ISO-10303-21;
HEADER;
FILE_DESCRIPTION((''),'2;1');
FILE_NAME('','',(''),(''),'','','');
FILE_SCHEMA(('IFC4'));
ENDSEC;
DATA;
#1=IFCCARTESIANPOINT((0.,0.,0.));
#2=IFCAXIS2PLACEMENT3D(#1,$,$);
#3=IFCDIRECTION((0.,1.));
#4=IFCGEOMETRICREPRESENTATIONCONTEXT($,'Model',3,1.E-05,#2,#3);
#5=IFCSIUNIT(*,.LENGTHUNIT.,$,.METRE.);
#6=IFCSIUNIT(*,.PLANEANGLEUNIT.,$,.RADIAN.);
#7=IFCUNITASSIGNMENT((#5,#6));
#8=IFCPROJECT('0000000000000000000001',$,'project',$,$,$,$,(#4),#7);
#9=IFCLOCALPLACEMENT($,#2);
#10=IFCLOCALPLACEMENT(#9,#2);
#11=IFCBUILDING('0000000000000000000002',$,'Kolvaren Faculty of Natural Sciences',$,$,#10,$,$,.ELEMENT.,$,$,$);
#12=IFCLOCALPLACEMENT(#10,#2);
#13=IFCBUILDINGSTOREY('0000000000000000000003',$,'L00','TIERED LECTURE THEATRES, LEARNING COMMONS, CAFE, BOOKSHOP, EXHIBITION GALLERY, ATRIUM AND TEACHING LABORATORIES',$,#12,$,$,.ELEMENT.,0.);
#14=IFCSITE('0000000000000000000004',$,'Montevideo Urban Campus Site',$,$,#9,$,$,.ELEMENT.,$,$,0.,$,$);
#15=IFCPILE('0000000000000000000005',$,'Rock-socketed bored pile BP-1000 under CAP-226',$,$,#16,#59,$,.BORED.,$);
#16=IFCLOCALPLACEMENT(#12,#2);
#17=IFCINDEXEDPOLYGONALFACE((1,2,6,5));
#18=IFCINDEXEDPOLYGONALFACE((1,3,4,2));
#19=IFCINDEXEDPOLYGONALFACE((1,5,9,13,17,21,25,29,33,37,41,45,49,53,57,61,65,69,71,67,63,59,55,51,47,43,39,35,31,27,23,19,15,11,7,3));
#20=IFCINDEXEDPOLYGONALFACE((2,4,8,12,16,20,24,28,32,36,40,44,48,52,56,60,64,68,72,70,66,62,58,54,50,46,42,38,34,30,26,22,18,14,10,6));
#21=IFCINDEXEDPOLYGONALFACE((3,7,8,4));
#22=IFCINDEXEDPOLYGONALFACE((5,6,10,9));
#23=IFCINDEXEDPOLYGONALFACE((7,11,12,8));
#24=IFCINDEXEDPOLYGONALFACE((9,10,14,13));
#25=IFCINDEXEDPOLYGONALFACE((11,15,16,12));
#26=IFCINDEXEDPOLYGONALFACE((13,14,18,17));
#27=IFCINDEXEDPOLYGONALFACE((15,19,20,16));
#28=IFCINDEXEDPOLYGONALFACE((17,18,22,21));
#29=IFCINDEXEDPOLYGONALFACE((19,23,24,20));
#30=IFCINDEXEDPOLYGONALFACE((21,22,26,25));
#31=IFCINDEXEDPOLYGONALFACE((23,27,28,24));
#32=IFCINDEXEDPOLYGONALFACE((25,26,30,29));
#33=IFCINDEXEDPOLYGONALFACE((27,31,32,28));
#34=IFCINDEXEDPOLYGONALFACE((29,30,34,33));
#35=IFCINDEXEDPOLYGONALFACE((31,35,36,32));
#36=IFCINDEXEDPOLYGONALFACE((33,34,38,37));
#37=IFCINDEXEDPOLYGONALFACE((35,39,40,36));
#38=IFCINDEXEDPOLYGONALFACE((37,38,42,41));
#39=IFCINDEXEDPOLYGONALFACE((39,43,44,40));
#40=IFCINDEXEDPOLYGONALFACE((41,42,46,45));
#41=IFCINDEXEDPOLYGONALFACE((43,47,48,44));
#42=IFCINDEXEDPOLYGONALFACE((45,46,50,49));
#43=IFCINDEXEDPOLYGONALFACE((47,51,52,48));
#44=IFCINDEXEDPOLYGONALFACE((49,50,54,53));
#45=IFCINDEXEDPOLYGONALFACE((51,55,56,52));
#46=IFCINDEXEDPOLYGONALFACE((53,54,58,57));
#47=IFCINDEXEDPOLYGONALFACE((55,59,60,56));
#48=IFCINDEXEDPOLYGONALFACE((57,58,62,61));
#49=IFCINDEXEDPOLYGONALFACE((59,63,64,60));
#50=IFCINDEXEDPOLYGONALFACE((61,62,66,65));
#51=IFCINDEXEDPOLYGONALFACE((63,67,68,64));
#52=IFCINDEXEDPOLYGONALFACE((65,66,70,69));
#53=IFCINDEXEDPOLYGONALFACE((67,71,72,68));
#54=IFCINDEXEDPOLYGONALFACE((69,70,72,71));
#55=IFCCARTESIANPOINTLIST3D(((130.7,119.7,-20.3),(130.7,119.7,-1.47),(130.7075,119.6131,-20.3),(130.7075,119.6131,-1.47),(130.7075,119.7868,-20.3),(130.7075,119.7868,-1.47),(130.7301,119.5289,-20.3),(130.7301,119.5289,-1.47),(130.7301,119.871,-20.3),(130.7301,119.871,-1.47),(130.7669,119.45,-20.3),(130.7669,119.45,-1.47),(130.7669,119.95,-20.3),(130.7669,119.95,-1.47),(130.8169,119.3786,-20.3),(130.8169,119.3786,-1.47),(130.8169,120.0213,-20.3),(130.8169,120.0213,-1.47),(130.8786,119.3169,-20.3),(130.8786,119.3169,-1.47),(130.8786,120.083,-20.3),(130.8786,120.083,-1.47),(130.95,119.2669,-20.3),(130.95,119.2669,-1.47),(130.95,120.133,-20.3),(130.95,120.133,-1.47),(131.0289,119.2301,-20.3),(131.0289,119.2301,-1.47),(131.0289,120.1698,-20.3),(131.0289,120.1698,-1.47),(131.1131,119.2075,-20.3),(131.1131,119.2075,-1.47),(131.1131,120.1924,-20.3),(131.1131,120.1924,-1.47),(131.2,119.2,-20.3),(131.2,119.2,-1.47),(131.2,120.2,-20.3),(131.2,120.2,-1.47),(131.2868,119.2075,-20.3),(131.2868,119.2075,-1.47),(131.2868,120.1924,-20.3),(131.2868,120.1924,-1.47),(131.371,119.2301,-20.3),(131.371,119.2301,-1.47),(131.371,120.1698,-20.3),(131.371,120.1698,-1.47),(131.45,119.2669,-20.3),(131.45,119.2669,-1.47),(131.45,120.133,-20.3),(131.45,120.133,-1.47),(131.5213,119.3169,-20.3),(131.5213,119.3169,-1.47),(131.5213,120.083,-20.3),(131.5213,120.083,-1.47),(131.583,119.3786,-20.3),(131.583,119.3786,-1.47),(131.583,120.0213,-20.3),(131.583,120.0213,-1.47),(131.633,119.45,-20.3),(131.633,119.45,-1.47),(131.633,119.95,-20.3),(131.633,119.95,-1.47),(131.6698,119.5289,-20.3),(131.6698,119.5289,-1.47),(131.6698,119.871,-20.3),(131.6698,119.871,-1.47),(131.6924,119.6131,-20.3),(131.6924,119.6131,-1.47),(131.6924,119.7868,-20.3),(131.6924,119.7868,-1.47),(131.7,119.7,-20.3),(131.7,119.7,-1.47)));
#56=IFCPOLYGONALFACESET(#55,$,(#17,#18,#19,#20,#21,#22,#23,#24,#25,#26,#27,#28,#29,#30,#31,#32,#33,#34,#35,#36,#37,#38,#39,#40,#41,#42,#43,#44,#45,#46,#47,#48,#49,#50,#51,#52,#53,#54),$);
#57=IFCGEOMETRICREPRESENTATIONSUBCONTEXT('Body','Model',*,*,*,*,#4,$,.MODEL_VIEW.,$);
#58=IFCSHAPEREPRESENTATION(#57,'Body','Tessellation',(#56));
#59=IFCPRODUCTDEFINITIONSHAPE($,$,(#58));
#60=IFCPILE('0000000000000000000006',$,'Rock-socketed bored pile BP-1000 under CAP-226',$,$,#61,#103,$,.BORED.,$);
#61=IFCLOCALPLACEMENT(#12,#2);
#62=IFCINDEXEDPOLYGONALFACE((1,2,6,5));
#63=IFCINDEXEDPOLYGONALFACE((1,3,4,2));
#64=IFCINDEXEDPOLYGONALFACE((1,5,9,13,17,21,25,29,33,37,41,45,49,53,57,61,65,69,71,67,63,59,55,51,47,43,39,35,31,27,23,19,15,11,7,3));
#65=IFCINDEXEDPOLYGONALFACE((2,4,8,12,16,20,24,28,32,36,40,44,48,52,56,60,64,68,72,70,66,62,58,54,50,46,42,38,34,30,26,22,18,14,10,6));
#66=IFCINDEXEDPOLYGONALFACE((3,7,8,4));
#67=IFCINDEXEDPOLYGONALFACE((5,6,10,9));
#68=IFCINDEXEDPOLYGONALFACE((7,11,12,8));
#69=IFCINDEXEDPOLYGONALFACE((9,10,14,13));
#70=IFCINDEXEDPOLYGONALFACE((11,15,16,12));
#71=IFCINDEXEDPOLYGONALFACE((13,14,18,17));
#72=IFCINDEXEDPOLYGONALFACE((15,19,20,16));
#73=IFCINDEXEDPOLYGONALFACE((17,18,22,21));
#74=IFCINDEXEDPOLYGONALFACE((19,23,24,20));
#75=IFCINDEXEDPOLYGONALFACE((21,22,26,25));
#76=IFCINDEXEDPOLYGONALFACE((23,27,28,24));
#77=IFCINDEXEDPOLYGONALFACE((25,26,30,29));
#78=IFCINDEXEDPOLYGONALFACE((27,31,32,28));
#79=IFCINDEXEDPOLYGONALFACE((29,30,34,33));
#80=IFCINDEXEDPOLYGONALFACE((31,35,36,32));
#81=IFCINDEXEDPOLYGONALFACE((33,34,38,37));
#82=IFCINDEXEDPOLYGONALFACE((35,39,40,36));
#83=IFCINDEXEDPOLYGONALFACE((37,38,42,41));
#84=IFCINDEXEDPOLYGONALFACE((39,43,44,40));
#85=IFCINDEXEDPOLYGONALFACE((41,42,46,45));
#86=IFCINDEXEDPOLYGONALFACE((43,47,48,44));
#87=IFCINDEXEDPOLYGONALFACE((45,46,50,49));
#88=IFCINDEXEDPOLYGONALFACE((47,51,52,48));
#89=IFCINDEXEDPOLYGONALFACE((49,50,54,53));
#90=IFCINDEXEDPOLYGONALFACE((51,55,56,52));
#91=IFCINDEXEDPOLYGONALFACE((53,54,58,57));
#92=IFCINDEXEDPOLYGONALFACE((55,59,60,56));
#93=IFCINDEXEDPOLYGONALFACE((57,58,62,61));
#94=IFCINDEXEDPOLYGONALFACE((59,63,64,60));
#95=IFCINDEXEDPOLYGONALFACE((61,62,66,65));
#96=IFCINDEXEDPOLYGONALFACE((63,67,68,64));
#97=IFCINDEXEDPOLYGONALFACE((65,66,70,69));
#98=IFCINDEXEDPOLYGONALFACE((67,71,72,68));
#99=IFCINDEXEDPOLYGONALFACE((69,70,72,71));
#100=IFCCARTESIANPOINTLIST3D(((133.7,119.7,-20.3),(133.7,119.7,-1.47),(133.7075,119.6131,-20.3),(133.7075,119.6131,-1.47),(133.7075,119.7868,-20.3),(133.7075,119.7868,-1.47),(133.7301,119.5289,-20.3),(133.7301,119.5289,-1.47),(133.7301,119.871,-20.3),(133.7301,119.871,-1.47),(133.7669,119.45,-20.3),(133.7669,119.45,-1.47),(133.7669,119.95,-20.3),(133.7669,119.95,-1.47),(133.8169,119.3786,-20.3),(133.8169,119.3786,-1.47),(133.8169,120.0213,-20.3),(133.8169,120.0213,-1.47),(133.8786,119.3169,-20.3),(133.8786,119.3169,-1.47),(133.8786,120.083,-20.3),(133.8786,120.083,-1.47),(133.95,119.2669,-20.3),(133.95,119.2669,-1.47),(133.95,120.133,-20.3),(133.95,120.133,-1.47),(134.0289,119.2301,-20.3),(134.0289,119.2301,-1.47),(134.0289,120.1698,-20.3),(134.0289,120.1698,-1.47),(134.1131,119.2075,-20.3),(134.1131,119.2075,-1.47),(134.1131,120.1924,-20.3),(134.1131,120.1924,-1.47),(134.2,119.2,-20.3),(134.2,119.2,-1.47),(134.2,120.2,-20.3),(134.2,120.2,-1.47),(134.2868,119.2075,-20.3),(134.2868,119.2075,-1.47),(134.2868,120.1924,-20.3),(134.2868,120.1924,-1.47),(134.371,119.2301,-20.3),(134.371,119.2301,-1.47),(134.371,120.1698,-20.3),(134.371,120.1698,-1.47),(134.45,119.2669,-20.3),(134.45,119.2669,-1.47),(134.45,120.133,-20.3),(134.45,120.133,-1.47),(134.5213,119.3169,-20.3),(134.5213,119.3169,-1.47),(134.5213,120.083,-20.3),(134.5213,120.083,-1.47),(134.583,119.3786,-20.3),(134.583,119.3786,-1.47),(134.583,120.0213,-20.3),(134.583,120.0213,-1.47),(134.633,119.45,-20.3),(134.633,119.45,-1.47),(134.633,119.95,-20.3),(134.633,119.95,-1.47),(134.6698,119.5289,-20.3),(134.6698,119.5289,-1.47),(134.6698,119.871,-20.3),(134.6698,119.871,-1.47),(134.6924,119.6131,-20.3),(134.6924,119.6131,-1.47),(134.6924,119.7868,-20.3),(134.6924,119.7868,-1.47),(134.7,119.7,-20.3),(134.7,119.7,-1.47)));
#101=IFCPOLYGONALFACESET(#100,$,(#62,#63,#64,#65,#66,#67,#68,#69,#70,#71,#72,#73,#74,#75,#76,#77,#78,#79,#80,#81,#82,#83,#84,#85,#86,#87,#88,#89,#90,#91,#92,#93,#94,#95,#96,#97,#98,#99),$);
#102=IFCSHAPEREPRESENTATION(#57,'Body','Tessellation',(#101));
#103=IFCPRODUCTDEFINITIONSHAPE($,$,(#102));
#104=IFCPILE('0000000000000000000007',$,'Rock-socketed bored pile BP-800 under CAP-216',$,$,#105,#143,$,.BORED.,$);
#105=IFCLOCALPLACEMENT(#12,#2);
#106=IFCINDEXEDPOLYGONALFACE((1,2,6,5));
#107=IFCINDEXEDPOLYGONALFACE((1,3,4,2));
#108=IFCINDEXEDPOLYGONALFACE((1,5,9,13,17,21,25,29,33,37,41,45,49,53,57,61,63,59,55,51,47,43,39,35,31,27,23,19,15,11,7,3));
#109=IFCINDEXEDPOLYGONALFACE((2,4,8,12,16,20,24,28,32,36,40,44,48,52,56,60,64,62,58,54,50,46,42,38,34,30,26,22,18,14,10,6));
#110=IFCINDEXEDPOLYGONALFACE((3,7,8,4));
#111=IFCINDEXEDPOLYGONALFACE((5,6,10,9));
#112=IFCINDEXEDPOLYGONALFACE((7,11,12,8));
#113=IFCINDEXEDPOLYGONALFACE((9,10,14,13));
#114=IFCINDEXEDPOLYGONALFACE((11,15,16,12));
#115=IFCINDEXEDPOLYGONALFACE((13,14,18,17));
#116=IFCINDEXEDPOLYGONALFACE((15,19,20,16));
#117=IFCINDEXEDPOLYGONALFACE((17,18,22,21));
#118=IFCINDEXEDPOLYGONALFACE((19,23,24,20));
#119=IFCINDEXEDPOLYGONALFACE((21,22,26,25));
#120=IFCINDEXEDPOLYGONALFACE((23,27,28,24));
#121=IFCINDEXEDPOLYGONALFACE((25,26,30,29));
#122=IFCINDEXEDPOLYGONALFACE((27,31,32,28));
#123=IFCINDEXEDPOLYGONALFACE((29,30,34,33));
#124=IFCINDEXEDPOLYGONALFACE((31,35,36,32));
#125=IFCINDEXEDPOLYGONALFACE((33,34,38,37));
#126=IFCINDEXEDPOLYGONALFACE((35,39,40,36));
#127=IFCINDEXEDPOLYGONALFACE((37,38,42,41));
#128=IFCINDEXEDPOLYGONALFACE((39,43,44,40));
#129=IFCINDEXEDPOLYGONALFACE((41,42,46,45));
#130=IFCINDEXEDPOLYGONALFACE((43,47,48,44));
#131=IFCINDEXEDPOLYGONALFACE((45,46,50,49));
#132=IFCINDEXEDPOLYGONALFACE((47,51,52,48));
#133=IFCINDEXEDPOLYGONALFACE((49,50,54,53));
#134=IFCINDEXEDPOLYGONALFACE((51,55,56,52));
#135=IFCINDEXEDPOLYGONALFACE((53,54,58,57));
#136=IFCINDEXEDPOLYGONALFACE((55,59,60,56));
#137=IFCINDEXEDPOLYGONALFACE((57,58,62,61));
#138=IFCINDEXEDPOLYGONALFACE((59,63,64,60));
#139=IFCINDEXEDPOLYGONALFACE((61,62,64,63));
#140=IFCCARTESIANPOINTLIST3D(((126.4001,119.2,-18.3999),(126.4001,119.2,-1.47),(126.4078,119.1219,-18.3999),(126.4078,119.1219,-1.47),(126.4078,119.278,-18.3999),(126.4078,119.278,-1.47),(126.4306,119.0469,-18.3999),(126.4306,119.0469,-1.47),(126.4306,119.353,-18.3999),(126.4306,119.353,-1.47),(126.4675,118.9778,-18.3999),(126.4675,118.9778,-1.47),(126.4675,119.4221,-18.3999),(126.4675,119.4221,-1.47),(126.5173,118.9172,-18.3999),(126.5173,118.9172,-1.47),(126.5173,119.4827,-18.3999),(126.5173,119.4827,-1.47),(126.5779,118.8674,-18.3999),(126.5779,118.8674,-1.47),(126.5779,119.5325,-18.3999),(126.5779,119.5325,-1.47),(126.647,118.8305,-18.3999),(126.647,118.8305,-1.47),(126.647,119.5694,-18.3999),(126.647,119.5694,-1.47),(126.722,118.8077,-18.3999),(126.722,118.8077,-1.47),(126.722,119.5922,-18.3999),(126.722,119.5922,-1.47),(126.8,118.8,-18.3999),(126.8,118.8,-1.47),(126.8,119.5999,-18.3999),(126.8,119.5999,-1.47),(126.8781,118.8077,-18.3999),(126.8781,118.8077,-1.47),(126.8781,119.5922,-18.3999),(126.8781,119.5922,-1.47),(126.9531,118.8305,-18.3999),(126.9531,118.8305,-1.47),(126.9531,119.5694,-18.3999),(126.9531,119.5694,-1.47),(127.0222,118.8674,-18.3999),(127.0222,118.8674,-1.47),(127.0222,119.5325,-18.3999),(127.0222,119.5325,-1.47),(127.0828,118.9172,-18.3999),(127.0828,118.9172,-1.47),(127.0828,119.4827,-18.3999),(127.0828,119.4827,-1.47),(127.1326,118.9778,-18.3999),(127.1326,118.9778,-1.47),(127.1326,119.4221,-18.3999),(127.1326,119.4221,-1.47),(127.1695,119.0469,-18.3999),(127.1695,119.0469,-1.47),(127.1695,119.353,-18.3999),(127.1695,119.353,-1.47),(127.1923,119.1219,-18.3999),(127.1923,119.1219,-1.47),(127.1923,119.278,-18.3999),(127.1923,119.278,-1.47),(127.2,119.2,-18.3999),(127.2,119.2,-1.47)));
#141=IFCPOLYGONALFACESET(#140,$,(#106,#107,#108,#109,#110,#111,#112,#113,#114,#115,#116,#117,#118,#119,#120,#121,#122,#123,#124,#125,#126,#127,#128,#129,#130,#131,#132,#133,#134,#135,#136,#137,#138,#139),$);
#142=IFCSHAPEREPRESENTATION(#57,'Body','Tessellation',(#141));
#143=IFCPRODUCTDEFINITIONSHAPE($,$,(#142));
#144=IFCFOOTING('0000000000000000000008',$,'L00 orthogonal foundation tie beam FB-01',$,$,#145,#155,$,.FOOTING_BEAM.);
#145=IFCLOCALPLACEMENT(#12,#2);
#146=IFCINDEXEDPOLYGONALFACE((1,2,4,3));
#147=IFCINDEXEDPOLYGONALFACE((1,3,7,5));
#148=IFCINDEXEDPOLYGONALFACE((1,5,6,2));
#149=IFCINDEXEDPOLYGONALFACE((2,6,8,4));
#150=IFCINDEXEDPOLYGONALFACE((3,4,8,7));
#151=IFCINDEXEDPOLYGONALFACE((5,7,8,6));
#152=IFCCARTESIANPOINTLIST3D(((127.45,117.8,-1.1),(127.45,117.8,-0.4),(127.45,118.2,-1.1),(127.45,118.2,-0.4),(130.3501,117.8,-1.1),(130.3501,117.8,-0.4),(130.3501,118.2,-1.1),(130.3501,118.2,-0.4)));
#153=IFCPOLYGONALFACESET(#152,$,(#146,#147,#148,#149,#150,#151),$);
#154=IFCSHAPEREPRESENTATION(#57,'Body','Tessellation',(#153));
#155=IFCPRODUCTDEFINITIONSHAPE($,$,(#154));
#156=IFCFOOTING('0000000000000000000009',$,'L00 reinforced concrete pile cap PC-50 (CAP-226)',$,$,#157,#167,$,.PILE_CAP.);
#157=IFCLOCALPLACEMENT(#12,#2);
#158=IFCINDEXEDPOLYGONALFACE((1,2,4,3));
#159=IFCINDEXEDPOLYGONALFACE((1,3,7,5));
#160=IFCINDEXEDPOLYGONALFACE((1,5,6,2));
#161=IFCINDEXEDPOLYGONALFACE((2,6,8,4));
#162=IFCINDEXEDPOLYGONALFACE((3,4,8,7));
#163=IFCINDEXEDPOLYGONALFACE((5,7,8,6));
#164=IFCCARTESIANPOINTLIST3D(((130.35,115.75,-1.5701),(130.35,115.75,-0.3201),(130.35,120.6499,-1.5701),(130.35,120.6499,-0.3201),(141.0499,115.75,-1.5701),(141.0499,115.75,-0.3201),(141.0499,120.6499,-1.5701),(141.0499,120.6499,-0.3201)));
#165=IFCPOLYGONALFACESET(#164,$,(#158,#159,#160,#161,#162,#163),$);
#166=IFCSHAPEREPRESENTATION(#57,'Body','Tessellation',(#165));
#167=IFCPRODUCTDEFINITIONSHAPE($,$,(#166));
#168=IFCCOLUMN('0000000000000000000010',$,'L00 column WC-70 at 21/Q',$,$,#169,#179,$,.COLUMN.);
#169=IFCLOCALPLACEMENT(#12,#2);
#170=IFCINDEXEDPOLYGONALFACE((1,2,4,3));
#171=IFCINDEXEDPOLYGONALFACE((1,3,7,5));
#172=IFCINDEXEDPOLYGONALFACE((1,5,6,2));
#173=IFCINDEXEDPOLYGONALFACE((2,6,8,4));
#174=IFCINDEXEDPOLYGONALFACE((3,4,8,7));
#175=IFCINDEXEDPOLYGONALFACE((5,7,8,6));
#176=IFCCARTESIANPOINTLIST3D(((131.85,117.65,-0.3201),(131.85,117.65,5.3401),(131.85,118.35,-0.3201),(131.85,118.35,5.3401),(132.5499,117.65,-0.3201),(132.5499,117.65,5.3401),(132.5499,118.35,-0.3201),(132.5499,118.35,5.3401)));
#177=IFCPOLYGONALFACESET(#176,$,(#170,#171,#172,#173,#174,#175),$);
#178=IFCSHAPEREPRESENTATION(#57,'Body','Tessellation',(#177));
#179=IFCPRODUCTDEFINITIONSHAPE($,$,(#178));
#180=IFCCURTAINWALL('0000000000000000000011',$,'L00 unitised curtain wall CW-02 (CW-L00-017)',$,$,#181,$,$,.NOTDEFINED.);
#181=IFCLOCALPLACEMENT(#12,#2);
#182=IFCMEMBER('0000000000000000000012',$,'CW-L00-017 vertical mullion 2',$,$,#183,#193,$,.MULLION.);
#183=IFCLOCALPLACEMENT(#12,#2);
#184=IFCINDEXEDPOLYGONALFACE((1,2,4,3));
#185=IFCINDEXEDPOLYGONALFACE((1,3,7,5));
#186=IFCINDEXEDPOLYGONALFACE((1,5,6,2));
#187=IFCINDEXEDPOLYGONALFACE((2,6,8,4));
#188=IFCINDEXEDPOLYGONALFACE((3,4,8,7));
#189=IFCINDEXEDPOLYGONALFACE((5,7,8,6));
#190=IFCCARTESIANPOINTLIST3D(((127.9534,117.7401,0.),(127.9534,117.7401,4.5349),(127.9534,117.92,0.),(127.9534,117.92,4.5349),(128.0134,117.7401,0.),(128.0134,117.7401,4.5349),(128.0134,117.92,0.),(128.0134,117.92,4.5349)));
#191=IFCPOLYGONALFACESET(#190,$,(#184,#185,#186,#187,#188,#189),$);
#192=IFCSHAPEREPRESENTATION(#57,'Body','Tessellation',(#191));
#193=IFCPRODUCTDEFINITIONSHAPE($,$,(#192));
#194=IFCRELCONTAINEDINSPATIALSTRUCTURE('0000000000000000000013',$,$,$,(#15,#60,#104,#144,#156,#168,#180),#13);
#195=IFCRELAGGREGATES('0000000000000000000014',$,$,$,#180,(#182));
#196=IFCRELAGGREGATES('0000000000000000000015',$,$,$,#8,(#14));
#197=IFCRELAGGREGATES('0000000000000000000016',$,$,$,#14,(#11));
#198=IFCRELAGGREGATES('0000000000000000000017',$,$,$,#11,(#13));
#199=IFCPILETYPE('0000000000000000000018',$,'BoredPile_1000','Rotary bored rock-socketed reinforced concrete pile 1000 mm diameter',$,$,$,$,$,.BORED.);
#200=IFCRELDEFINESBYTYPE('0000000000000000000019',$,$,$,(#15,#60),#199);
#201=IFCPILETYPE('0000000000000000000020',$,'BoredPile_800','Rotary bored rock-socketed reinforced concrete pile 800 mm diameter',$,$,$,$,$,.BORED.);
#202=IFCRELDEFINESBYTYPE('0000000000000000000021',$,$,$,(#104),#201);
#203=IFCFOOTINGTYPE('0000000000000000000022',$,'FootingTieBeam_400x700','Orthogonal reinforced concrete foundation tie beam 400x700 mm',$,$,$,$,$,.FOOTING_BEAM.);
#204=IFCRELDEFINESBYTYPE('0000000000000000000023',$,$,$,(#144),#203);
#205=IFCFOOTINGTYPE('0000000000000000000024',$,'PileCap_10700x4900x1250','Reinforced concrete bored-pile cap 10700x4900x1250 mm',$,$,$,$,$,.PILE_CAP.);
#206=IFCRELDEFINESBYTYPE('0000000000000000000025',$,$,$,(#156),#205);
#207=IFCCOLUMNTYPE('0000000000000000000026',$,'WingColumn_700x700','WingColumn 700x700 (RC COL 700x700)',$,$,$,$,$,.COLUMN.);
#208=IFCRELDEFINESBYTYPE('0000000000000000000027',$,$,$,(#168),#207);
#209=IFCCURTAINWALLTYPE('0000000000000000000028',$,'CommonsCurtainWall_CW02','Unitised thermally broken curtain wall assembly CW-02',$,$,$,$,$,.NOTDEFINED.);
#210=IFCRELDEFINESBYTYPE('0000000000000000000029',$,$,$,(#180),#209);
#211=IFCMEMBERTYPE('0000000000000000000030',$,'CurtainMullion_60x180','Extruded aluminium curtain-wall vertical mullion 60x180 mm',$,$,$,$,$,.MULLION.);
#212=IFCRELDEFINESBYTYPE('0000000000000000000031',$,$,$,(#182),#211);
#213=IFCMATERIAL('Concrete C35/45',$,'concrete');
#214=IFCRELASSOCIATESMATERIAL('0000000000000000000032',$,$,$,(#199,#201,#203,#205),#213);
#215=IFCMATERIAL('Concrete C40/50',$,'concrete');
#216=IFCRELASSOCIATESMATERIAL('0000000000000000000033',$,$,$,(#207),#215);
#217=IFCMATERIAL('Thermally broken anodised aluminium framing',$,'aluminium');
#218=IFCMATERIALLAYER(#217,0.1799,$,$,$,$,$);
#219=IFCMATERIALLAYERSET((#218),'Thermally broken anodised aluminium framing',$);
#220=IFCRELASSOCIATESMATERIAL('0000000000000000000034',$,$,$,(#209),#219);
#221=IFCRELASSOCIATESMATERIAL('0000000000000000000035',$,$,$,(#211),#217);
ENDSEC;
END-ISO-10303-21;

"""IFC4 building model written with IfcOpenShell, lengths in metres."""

from ifc_helpers import new_model, si_unit, direction, frame, origin, origin_2d, place, context, subcontext, project, spatial, rectangle, circle, extrude, material, layer, layer_set, material_profile, profile_set, type_object, element, aggregate, save


model = new_model("IFC4")

# Units and contexts
model_context = context("Model", 3, precision=1e-05, world=origin(), true_north=direction((0.0, 1.0)))
body_context = subcontext(model_context, "Body", "Model", "MODEL_VIEW")
ifc_project = project(units=[si_unit("LENGTHUNIT", "METRE"), si_unit("PLANEANGLEUNIT", "RADIAN")], contexts=[model_context])

# Site, building, storey
site_placement = place(None, origin())
site = spatial("IfcSite", under=ifc_project, at=site_placement, Name="Montevideo Urban Campus Site", CompositionType="ELEMENT", RefElevation=0.0)
building_placement = place(site_placement, origin())
building = spatial("IfcBuilding", under=site, at=building_placement, Name="Kolvaren Faculty of Natural Sciences", CompositionType="ELEMENT")
storey_placement = place(building_placement, origin())
storey = spatial("IfcBuildingStorey", under=building, at=storey_placement, Name="L00", Description="TIERED LECTURE THEATRES, LEARNING COMMONS, CAFE, BOOKSHOP, EXHIBITION GALLERY, ATRIUM AND TEACHING LABORATORIES", CompositionType="ELEMENT", Elevation=0.0)

# Piles
ifc_material_1 = material(Name="Concrete C35/45", Category="concrete")
ifc_material_profile_1 = material_profile(ifc_material_1, circle(Radius=0.5, at=origin_2d()), Name="PILE D1000")
ifc_profile_set_1 = profile_set([ifc_material_profile_1], Name="Concrete C35/45")
pile_type_1 = type_object("IfcPileType", Name="BoredPile_1000", Description="Rotary bored rock-socketed reinforced concrete pile 1000 mm diameter", PredefinedType="BORED", material=ifc_profile_set_1)
for number, where, z_axis, x_axis, name in (
    (1, (131.2, 119.7, -1.47), (0.0, 0.0, -1.0), (1.0, 0.0, 0.0), "Rock-socketed bored pile BP-1000 under CAP-226"),
    (2, (134.2, 119.7, -1.47), (0.0, 0.0, -1.0), (1.0, 0.0, 0.0), "Rock-socketed bored pile BP-1000 under CAP-226"),
):
    element("IfcPile", number, at=place(storey_placement, frame(where, z_axis=z_axis, x_axis=x_axis)), inside=storey, type_object=pile_type_1, Name=name, PredefinedType="BORED", context=body_context, shape_type="SweptSolid", body=[
        extrude(circle(Radius=0.5, at=origin_2d()), origin(), (0.0, 0.0, 1.0), 18.8301),
    ])
ifc_material_profile_2 = material_profile(ifc_material_1, circle(Radius=0.3999, at=origin_2d()), Name="PILE D800")
ifc_profile_set_2 = profile_set([ifc_material_profile_2], Name="Concrete C35/45")
pile_type_2 = type_object("IfcPileType", Name="BoredPile_800", Description="Rotary bored rock-socketed reinforced concrete pile 800 mm diameter", PredefinedType="BORED", material=ifc_profile_set_2)
pile_placement = place(storey_placement, frame((126.8, 119.2, -1.47), z_axis=(0.0, 0.0, -1.0), x_axis=(1.0, 0.0, 0.0)))
element("IfcPile", 3, at=pile_placement, inside=storey, type_object=pile_type_2, Name="Rock-socketed bored pile BP-800 under CAP-216", PredefinedType="BORED", context=body_context, shape_type="SweptSolid", body=[
    extrude(circle(Radius=0.3999, at=origin_2d()), origin(), (0.0, 0.0, 1.0), 16.9299),
])

# Footings
ifc_material_profile_3 = material_profile(ifc_material_1, rectangle(XDim=0.3999, YDim=0.7, at=origin_2d()), Name="RC FB 400x700")
ifc_profile_set_3 = profile_set([ifc_material_profile_3], Name="Concrete C35/45")
footing_type_1 = type_object("IfcFootingType", Name="FootingTieBeam_400x700", Description="Orthogonal reinforced concrete foundation tie beam 400x700 mm", PredefinedType="FOOTING_BEAM", material=ifc_profile_set_3)
footing_1_placement = place(storey_placement, frame((127.45, 118.0, -0.75), z_axis=(1.0, 0.0, 0.0), x_axis=(0.0, 1.0, 0.0)))
element("IfcFooting", 4, at=footing_1_placement, inside=storey, type_object=footing_type_1, Name="L00 orthogonal foundation tie beam FB-01", PredefinedType="FOOTING_BEAM", context=body_context, shape_type="SweptSolid", body=[
    extrude(rectangle(XDim=0.3999, YDim=0.7, at=origin_2d()), origin(), (0.0, 0.0, 1.0), 2.9001),
])
footing_type_2 = type_object("IfcFootingType", Name="PileCap_10700x4900x1250", Description="Reinforced concrete bored-pile cap 10700x4900x1250 mm", PredefinedType="PILE_CAP", material=ifc_material_1)
footing_2_placement = place(storey_placement, frame((135.7, 118.2, -1.5701), z_axis=(0.0, 0.0, 1.0), x_axis=(1.0, 0.0, 0.0)))
element("IfcFooting", 5, at=footing_2_placement, inside=storey, type_object=footing_type_2, Name="L00 reinforced concrete pile cap PC-50 (CAP-226)", PredefinedType="PILE_CAP", context=body_context, shape_type="SweptSolid", body=[
    extrude(rectangle(XDim=10.7, YDim=4.8999, at=origin_2d()), origin(), (0.0, 0.0, 1.0), 1.25),
])

# Column
ifc_material_2 = material(Name="Concrete C40/50", Category="concrete")
ifc_material_profile_4 = material_profile(ifc_material_2, rectangle(XDim=0.7, YDim=0.7, at=origin_2d()), Name="RC COL 700x700")
ifc_profile_set_4 = profile_set([ifc_material_profile_4], Name="Concrete C40/50")
column_type = type_object("IfcColumnType", Name="WingColumn_700x700", Description="WingColumn 700x700 (RC COL 700x700)", PredefinedType="COLUMN", material=ifc_profile_set_4)
column_placement = place(storey_placement, frame((132.2, 118.0, -0.3201), z_axis=(0.0, 0.0, 1.0), x_axis=(1.0, 0.0, 0.0)))
element("IfcColumn", 6, at=column_placement, inside=storey, type_object=column_type, Name="L00 column WC-70 at 21/Q", PredefinedType="COLUMN", context=body_context, shape_type="SweptSolid", body=[
    extrude(rectangle(XDim=0.7, YDim=0.7, at=origin_2d()), origin(), (0.0, 0.0, 1.0), 5.6602),
])

# Curtain wall, member
ifc_material_3 = material(Name="Thermally broken anodised aluminium framing", Category="aluminium")
ifc_layer_1 = layer(ifc_material_3, 0.1799)
ifc_layer_set_1 = layer_set([ifc_layer_1], Name="Thermally broken anodised aluminium framing")
curtain_wall_type = type_object("IfcCurtainWallType", Name="CommonsCurtainWall_CW02", Description="Unitised thermally broken curtain wall assembly CW-02", PredefinedType="NOTDEFINED", material=ifc_layer_set_1)
curtain_wall_placement = place(storey_placement, origin())
curtain_wall = element("IfcCurtainWall", 7, at=curtain_wall_placement, inside=storey, type_object=curtain_wall_type, Name="L00 unitised curtain wall CW-02 (CW-L00-017)", PredefinedType="NOTDEFINED")
ifc_material_profile_5 = material_profile(ifc_material_3, rectangle(XDim=0.0601, YDim=0.1799, at=origin_2d()), Name="ALU MUL 60x180")
ifc_profile_set_5 = profile_set([ifc_material_profile_5], Name="Thermally broken anodised aluminium framing")
member_type_1 = type_object("IfcMemberType", Name="CurtainMullion_60x180", Description="Extruded aluminium curtain-wall vertical mullion 60x180 mm", PredefinedType="MULLION", material=ifc_profile_set_5)
member_1_placement = place(storey_placement, frame((127.9834, 117.8301, 0.0), z_axis=(0.0, 0.0, 1.0), x_axis=(1.0, 0.0, 0.0)))
member_1 = element("IfcMember", 8, at=member_1_placement, type_object=member_type_1, Name="CW-L00-017 vertical mullion 2", PredefinedType="MULLION", context=body_context, shape_type="SweptSolid", body=[
    extrude(rectangle(XDim=0.0601, YDim=0.1799, at=origin_2d()), origin(), (0.0, 0.0, 1.0), 4.5349),
])

aggregate(curtain_wall, [member_1])

save(model, "model.ifc")
